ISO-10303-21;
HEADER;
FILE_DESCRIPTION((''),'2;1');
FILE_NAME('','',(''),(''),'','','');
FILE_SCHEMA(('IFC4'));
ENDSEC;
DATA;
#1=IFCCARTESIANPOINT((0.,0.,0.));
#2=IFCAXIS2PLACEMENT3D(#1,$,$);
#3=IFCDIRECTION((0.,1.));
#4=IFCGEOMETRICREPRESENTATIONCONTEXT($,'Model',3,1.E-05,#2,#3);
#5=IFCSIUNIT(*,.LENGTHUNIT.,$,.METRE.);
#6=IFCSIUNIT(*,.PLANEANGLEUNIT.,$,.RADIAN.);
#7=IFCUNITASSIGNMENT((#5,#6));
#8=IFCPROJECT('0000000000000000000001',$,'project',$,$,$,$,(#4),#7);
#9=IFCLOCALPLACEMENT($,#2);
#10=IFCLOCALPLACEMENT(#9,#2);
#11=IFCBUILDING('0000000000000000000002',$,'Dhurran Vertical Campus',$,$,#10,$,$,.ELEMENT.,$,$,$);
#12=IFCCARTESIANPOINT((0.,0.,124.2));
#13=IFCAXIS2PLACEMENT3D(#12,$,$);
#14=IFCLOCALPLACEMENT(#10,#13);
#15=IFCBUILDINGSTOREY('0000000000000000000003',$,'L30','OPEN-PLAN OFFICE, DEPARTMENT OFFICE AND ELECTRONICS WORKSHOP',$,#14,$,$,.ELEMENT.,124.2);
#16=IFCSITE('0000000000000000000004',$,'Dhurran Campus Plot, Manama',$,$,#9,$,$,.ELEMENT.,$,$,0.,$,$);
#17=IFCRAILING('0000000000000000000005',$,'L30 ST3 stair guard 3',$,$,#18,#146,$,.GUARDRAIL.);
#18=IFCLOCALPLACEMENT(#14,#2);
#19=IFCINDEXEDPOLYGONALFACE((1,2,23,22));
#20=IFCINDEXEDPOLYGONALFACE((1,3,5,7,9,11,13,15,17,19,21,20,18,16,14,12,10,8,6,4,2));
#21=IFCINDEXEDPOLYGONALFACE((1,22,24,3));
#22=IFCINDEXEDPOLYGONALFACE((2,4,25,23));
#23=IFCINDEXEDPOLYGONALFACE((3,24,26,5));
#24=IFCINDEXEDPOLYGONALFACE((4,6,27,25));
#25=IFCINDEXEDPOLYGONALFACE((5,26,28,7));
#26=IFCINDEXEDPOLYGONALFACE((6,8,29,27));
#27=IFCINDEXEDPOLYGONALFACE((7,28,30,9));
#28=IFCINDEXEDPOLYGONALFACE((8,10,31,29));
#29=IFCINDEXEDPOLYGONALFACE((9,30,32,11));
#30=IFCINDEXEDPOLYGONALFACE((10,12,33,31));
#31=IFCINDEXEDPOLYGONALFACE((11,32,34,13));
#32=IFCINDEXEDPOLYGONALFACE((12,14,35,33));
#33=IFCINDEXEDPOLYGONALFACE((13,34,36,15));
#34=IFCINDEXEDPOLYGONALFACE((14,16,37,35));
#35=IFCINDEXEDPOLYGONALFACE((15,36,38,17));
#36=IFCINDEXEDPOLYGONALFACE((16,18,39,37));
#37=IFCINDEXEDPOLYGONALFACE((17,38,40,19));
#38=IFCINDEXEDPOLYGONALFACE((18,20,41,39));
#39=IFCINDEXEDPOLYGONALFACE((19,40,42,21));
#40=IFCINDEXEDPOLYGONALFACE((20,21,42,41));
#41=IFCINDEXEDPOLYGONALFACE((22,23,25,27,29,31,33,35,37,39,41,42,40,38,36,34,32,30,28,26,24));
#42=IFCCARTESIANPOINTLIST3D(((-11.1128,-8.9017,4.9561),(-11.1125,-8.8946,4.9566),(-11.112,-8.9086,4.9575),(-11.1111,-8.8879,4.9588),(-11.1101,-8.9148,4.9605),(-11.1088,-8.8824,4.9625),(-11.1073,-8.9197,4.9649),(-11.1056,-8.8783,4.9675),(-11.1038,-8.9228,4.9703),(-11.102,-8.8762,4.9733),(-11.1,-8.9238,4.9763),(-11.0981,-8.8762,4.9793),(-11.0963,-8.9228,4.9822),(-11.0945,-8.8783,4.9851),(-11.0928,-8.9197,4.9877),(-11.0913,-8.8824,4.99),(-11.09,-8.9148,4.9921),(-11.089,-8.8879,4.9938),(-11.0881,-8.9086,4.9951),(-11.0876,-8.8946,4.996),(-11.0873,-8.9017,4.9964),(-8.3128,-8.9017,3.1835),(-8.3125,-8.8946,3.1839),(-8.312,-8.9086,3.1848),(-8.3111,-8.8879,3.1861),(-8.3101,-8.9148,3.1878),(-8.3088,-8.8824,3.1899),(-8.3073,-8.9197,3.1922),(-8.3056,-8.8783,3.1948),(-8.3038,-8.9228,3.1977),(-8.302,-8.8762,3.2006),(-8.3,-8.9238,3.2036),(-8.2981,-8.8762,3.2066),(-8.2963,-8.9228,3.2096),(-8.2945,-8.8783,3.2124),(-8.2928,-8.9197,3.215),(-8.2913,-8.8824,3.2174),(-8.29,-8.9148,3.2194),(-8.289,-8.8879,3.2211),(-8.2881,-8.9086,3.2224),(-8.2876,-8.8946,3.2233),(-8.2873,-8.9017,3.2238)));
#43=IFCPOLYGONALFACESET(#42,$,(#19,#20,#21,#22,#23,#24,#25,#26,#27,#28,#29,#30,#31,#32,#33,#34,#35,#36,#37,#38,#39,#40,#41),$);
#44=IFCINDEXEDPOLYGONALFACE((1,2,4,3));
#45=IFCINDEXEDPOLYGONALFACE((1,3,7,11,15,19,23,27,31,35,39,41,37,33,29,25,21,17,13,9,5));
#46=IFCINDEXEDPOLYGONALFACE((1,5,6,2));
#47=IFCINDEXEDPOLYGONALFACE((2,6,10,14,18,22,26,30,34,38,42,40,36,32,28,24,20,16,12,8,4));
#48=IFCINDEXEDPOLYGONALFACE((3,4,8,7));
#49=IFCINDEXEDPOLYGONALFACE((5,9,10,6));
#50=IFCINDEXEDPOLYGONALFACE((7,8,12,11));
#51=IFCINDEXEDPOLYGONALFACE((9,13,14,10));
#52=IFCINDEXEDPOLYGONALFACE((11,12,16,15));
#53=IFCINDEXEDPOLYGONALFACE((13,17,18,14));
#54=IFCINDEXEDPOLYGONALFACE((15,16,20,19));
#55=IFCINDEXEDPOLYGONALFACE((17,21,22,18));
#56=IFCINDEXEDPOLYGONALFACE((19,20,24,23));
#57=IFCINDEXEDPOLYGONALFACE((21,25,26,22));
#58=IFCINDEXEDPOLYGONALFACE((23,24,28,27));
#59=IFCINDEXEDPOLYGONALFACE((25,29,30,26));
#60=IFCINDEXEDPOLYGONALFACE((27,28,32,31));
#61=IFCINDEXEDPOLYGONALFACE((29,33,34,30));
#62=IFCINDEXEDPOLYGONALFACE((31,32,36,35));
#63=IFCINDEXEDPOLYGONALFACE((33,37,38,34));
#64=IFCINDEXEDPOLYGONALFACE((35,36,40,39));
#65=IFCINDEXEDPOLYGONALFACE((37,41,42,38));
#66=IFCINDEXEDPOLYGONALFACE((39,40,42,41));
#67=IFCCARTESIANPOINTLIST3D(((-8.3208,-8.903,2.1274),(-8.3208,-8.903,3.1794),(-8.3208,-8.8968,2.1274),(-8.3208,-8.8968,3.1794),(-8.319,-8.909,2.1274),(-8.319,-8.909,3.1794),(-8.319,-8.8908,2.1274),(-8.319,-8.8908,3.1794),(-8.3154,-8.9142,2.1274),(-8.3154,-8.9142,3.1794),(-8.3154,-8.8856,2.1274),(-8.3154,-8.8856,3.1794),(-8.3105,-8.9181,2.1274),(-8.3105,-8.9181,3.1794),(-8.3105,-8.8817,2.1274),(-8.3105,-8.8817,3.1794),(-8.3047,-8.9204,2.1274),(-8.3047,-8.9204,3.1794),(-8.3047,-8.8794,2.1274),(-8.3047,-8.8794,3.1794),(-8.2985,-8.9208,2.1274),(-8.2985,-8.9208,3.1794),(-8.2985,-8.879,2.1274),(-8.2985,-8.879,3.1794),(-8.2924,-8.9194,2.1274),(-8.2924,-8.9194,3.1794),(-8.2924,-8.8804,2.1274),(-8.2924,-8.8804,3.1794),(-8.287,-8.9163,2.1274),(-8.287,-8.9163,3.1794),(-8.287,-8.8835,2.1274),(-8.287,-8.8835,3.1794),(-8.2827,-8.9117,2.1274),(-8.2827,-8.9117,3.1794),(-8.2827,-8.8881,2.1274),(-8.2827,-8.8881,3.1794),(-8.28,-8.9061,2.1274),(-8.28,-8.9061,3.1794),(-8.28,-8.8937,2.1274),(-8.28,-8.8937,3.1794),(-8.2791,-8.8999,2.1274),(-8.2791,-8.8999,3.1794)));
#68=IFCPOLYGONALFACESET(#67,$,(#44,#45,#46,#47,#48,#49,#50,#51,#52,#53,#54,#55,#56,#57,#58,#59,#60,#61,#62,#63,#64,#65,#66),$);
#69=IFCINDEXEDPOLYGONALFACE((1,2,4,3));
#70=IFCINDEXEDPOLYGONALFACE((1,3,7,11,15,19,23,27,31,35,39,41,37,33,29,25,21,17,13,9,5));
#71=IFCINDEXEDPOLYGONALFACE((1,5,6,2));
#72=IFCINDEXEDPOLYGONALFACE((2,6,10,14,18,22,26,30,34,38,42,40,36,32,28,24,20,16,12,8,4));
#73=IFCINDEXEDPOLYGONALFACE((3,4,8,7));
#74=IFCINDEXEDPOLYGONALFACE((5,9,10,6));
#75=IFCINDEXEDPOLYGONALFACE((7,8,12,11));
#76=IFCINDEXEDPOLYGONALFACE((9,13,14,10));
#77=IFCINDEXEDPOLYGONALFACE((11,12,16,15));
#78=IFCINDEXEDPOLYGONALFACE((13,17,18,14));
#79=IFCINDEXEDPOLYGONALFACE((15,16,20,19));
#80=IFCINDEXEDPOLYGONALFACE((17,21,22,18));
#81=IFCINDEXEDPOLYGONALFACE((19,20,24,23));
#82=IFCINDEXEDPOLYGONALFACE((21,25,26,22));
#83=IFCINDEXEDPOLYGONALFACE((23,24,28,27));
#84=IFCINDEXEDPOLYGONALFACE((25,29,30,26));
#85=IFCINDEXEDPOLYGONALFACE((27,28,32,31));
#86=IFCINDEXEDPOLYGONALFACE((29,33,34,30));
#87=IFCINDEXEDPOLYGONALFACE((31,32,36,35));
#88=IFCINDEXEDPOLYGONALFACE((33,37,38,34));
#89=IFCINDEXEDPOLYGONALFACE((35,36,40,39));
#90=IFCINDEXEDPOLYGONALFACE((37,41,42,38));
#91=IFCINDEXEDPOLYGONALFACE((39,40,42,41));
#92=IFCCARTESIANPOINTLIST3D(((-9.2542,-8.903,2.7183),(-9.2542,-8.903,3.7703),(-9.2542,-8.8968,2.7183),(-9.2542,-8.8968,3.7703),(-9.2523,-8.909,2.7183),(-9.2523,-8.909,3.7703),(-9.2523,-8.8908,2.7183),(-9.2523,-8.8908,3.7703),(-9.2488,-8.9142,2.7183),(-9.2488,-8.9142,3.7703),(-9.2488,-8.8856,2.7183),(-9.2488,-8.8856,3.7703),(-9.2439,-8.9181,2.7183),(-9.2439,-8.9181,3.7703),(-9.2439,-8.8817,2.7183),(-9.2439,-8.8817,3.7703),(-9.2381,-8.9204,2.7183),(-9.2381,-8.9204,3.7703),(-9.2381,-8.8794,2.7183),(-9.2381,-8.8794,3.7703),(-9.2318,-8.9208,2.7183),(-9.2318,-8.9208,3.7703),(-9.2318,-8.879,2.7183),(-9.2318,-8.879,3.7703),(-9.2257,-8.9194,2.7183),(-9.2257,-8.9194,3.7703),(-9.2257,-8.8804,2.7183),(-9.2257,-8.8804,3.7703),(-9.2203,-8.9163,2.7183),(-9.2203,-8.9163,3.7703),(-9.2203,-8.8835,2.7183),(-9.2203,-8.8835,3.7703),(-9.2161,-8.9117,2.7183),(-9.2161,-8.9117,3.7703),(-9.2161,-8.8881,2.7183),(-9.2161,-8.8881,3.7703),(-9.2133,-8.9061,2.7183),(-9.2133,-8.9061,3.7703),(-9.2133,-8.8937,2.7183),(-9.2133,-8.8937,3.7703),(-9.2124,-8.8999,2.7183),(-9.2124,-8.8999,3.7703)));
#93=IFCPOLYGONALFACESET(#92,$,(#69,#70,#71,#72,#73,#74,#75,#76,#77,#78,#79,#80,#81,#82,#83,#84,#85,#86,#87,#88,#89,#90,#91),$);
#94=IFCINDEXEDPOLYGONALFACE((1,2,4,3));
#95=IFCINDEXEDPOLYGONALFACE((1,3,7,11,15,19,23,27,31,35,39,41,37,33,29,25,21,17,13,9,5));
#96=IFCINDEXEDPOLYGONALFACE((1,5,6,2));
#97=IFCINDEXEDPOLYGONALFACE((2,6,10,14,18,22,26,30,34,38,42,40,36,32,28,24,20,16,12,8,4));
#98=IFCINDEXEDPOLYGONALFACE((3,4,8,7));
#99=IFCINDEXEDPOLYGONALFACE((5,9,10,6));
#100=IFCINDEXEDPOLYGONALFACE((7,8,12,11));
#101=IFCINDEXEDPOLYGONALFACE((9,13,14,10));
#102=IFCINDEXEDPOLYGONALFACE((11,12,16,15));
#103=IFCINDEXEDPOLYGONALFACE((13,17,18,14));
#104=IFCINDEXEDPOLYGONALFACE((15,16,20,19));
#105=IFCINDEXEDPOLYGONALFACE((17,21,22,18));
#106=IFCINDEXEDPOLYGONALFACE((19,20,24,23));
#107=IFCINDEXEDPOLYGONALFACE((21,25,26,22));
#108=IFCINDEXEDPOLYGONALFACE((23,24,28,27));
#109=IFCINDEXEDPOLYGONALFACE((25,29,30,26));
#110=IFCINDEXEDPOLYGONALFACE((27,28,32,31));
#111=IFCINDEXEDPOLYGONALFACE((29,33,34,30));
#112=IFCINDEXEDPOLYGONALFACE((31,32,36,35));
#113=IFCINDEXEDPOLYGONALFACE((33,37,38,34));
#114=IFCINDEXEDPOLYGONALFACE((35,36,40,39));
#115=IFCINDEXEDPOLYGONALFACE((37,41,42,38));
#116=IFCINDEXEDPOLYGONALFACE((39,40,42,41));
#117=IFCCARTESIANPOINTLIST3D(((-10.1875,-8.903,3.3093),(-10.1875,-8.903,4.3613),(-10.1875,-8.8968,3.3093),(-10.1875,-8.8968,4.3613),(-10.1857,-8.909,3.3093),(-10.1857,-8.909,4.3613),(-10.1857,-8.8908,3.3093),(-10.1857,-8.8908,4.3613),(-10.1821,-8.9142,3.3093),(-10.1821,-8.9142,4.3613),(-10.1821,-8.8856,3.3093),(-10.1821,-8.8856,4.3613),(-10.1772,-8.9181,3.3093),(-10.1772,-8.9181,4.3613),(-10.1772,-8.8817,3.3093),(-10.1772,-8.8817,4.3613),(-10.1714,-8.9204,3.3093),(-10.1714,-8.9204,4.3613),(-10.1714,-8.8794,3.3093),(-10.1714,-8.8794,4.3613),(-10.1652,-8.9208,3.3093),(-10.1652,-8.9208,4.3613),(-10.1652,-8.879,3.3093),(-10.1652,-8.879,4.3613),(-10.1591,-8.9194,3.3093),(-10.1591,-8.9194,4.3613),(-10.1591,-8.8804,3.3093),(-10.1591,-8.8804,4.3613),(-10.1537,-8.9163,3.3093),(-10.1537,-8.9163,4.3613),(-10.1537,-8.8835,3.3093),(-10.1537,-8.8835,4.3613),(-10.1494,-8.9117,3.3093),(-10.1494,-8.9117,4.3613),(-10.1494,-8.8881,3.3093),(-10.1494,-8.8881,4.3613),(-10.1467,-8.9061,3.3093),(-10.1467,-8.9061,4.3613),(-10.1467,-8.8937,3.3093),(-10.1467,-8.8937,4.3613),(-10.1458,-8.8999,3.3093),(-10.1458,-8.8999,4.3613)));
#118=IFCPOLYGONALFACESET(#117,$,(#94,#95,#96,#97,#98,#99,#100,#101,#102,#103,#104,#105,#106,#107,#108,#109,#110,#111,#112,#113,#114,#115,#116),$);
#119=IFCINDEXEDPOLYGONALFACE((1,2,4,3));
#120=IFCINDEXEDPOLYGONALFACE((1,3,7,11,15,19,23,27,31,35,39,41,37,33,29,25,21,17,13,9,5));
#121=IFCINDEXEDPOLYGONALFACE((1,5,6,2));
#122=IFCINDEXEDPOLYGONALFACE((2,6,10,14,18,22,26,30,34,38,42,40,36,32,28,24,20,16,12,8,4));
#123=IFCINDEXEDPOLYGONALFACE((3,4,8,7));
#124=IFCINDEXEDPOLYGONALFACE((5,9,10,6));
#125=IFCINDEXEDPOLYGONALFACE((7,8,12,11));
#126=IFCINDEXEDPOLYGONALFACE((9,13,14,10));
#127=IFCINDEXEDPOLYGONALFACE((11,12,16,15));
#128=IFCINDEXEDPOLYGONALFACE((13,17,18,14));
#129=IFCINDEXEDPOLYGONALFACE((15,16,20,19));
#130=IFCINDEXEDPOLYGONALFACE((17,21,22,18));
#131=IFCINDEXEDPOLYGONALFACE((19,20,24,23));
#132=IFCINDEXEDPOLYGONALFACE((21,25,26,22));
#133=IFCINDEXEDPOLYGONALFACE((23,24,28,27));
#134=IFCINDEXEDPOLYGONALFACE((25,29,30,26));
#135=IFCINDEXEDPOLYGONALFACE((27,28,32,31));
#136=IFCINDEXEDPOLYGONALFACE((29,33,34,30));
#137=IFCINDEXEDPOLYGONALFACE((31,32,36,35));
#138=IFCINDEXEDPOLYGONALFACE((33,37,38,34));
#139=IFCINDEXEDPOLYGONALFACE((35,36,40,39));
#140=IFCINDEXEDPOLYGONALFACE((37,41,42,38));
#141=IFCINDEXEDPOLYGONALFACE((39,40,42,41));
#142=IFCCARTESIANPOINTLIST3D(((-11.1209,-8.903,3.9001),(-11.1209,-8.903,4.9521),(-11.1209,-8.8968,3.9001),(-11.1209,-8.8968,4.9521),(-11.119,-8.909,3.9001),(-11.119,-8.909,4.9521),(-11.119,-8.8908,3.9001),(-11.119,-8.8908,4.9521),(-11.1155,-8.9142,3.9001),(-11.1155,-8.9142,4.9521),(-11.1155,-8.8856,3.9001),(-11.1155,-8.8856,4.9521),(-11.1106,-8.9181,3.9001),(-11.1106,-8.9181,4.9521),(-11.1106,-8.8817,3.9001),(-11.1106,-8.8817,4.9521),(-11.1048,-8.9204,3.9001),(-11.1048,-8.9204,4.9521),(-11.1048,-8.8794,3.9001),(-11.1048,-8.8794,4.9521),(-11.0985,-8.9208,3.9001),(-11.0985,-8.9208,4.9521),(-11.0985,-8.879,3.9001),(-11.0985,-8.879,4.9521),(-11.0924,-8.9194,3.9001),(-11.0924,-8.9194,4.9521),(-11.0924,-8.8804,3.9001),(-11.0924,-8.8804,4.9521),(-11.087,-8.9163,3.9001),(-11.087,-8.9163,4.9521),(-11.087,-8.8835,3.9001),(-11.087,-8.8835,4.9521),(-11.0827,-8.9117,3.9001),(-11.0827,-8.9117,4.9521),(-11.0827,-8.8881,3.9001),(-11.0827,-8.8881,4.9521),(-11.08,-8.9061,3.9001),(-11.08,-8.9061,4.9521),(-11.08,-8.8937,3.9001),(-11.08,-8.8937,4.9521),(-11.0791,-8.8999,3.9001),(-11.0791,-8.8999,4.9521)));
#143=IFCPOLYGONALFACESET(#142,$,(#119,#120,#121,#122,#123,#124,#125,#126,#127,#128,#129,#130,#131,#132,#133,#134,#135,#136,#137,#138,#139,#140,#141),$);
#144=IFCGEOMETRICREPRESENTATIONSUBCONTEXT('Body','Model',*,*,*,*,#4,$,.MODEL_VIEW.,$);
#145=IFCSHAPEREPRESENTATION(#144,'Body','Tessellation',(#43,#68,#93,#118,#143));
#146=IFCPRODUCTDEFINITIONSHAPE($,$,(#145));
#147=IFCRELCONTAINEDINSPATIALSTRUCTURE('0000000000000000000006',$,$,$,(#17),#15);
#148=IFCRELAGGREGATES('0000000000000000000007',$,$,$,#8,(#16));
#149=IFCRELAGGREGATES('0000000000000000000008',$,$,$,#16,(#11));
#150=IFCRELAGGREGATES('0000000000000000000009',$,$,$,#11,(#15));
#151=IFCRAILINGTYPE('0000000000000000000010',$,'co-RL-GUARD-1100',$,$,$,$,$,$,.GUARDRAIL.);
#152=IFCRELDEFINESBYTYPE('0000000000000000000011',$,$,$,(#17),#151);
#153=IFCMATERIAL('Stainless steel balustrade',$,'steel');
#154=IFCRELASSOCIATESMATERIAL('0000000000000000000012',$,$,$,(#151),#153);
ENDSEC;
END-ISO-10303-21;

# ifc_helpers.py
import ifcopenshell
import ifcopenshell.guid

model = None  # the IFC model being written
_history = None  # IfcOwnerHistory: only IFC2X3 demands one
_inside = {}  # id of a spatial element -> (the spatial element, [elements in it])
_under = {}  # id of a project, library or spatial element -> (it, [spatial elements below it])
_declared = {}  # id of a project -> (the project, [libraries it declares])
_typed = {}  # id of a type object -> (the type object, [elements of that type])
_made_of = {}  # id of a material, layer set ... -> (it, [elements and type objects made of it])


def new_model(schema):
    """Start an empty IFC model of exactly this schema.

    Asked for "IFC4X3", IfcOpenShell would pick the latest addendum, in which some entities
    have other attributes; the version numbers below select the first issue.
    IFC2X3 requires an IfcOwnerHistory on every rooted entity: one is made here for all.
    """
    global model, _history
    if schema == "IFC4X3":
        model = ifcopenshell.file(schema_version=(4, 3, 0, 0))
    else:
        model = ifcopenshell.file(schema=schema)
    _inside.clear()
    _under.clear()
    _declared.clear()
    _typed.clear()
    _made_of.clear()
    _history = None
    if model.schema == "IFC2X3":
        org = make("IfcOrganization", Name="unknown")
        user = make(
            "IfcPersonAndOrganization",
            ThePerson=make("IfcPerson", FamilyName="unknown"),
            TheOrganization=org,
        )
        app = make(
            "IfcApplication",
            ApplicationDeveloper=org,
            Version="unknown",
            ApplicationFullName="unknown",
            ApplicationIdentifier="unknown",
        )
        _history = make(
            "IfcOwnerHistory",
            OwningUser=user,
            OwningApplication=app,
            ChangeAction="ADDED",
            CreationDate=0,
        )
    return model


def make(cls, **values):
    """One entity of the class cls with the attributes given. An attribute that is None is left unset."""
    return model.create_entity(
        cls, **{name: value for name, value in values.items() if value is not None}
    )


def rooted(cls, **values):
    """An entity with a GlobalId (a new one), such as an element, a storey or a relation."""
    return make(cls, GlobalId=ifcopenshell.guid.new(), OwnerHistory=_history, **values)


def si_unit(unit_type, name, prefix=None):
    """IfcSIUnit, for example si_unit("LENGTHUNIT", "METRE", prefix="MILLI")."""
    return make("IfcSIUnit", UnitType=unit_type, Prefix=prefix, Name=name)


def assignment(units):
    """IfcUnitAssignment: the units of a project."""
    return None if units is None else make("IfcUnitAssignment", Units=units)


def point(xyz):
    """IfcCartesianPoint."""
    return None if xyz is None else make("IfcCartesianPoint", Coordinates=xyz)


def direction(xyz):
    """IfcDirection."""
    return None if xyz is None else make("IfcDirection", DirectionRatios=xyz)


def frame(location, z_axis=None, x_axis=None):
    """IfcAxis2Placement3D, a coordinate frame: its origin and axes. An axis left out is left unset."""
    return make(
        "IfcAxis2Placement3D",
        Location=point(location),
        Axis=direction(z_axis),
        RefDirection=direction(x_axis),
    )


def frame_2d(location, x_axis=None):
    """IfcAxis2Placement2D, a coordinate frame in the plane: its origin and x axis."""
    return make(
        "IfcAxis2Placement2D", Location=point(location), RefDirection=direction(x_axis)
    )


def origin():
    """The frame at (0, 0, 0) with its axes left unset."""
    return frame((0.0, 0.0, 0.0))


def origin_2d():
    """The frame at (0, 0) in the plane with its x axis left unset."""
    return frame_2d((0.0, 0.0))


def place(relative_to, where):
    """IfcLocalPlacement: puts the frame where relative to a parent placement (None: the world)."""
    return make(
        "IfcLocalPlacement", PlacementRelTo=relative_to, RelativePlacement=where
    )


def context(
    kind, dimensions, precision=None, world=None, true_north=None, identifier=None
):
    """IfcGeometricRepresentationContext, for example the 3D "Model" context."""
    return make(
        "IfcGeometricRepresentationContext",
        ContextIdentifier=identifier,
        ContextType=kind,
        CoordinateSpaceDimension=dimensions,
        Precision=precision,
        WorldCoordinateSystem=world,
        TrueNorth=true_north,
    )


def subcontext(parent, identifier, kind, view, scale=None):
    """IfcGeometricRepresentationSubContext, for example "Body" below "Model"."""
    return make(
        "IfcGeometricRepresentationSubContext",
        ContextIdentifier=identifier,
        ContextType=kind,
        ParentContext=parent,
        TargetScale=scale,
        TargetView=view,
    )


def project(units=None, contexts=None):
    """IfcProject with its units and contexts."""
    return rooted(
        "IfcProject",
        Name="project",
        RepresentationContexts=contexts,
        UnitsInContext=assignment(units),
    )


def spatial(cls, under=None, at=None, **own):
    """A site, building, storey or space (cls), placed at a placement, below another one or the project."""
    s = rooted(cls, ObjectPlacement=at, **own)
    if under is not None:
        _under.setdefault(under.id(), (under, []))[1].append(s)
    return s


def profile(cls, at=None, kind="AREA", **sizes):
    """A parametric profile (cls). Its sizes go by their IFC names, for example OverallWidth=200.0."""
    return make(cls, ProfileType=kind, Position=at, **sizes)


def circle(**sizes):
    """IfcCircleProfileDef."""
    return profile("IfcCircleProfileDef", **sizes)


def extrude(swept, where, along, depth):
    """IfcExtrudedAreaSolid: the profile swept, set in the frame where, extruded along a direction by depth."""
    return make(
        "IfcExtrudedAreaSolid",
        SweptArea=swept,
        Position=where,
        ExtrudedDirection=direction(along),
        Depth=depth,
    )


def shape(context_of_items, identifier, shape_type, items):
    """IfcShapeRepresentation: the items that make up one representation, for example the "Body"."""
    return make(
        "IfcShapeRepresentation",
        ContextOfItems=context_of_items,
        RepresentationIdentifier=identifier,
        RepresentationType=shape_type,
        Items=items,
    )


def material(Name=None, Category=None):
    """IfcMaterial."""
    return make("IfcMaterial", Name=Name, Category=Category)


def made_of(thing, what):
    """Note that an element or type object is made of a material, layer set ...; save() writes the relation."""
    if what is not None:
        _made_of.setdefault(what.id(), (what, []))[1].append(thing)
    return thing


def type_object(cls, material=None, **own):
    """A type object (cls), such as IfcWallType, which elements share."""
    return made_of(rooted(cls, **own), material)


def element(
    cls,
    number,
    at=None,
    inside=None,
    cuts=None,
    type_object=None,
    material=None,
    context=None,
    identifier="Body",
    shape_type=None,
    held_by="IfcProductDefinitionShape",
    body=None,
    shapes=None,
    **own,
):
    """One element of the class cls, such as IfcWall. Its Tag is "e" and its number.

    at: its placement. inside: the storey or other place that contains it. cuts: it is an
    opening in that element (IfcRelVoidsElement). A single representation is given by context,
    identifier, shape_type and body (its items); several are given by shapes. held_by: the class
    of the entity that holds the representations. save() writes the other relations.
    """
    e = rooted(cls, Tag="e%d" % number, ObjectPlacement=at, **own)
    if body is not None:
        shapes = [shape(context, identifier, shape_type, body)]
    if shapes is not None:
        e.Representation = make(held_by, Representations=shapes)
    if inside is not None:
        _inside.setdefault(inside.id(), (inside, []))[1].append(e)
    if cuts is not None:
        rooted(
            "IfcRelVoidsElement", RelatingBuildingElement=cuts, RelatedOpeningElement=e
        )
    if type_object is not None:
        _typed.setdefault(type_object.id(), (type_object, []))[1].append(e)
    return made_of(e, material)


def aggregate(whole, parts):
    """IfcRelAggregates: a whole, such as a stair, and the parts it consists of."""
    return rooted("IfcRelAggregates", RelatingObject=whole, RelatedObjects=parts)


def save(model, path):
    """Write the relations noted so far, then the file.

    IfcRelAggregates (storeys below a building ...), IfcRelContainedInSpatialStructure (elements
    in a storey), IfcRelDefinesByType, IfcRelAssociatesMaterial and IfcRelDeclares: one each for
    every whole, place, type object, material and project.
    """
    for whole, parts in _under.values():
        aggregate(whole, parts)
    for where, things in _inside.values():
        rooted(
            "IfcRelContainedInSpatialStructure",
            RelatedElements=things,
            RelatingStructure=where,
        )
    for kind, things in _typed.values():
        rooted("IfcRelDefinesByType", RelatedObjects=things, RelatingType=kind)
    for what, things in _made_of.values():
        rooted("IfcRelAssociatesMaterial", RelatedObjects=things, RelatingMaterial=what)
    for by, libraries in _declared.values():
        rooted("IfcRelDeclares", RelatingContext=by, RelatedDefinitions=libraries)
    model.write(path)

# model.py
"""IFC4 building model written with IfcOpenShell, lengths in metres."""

from ifc_helpers import new_model, si_unit, direction, frame, origin, origin_2d, place, context, subcontext, project, spatial, circle, extrude, material, type_object, element, save


model = new_model("IFC4")

# Units and contexts
model_context = context("Model", 3, precision=1e-05, world=origin(), true_north=direction((0.0, 1.0)))
body_context = subcontext(model_context, "Body", "Model", "MODEL_VIEW")
ifc_project = project(units=[si_unit("LENGTHUNIT", "METRE"), si_unit("PLANEANGLEUNIT", "RADIAN")], contexts=[model_context])

# Site, building, storey
site_placement = place(None, origin())
site = spatial("IfcSite", under=ifc_project, at=site_placement, Name="Dhurran Campus Plot, Manama", CompositionType="ELEMENT", RefElevation=0.0)
building_placement = place(site_placement, origin())
building = spatial("IfcBuilding", under=site, at=building_placement, Name="Dhurran Vertical Campus", CompositionType="ELEMENT")
storey_placement = place(building_placement, frame((0.0, 0.0, 124.2)))
storey = spatial("IfcBuildingStorey", under=building, at=storey_placement, Name="L30", Description="OPEN-PLAN OFFICE, DEPARTMENT OFFICE AND ELECTRONICS WORKSHOP", CompositionType="ELEMENT", Elevation=124.2)

# Railing
ifc_material_1 = material(Name="Stainless steel balustrade", Category="steel")
railing_type_1 = type_object("IfcRailingType", Name="co-RL-GUARD-1100", PredefinedType="GUARDRAIL", material=ifc_material_1)
railing_1_placement = place(storey_placement, frame((-8.3, -8.8999, 2.1274)))
element("IfcRailing", 1, at=railing_1_placement, inside=storey, type_object=railing_type_1, Name="L30 ST3 stair guard 3", PredefinedType="GUARDRAIL", context=body_context, shape_type="SweptSolid", body=[
    extrude(circle(Radius=0.0239, at=origin_2d()), frame((0.0, 0.0, 1.0762), z_axis=(-0.844909, 0.0, 0.53491), x_axis=(0.0, -1.0, 0.0)), (0.0, 0.0, 1.0), 3.314),
    extrude(circle(Radius=0.021, at=origin_2d()), origin(), (0.0, 0.0, 1.0), 1.052),
    extrude(circle(Radius=0.021, at=origin_2d()), frame((-0.9333, 0.0, 0.5908)), (0.0, 0.0, 1.0), 1.052),
    extrude(circle(Radius=0.021, at=origin_2d()), frame((-1.8667, 0.0, 1.1819)), (0.0, 0.0, 1.0), 1.052),
    extrude(circle(Radius=0.021, at=origin_2d()), frame((-2.8, 0.0, 1.7727)), (0.0, 0.0, 1.0), 1.052),
])

save(model, "model.ifc")
